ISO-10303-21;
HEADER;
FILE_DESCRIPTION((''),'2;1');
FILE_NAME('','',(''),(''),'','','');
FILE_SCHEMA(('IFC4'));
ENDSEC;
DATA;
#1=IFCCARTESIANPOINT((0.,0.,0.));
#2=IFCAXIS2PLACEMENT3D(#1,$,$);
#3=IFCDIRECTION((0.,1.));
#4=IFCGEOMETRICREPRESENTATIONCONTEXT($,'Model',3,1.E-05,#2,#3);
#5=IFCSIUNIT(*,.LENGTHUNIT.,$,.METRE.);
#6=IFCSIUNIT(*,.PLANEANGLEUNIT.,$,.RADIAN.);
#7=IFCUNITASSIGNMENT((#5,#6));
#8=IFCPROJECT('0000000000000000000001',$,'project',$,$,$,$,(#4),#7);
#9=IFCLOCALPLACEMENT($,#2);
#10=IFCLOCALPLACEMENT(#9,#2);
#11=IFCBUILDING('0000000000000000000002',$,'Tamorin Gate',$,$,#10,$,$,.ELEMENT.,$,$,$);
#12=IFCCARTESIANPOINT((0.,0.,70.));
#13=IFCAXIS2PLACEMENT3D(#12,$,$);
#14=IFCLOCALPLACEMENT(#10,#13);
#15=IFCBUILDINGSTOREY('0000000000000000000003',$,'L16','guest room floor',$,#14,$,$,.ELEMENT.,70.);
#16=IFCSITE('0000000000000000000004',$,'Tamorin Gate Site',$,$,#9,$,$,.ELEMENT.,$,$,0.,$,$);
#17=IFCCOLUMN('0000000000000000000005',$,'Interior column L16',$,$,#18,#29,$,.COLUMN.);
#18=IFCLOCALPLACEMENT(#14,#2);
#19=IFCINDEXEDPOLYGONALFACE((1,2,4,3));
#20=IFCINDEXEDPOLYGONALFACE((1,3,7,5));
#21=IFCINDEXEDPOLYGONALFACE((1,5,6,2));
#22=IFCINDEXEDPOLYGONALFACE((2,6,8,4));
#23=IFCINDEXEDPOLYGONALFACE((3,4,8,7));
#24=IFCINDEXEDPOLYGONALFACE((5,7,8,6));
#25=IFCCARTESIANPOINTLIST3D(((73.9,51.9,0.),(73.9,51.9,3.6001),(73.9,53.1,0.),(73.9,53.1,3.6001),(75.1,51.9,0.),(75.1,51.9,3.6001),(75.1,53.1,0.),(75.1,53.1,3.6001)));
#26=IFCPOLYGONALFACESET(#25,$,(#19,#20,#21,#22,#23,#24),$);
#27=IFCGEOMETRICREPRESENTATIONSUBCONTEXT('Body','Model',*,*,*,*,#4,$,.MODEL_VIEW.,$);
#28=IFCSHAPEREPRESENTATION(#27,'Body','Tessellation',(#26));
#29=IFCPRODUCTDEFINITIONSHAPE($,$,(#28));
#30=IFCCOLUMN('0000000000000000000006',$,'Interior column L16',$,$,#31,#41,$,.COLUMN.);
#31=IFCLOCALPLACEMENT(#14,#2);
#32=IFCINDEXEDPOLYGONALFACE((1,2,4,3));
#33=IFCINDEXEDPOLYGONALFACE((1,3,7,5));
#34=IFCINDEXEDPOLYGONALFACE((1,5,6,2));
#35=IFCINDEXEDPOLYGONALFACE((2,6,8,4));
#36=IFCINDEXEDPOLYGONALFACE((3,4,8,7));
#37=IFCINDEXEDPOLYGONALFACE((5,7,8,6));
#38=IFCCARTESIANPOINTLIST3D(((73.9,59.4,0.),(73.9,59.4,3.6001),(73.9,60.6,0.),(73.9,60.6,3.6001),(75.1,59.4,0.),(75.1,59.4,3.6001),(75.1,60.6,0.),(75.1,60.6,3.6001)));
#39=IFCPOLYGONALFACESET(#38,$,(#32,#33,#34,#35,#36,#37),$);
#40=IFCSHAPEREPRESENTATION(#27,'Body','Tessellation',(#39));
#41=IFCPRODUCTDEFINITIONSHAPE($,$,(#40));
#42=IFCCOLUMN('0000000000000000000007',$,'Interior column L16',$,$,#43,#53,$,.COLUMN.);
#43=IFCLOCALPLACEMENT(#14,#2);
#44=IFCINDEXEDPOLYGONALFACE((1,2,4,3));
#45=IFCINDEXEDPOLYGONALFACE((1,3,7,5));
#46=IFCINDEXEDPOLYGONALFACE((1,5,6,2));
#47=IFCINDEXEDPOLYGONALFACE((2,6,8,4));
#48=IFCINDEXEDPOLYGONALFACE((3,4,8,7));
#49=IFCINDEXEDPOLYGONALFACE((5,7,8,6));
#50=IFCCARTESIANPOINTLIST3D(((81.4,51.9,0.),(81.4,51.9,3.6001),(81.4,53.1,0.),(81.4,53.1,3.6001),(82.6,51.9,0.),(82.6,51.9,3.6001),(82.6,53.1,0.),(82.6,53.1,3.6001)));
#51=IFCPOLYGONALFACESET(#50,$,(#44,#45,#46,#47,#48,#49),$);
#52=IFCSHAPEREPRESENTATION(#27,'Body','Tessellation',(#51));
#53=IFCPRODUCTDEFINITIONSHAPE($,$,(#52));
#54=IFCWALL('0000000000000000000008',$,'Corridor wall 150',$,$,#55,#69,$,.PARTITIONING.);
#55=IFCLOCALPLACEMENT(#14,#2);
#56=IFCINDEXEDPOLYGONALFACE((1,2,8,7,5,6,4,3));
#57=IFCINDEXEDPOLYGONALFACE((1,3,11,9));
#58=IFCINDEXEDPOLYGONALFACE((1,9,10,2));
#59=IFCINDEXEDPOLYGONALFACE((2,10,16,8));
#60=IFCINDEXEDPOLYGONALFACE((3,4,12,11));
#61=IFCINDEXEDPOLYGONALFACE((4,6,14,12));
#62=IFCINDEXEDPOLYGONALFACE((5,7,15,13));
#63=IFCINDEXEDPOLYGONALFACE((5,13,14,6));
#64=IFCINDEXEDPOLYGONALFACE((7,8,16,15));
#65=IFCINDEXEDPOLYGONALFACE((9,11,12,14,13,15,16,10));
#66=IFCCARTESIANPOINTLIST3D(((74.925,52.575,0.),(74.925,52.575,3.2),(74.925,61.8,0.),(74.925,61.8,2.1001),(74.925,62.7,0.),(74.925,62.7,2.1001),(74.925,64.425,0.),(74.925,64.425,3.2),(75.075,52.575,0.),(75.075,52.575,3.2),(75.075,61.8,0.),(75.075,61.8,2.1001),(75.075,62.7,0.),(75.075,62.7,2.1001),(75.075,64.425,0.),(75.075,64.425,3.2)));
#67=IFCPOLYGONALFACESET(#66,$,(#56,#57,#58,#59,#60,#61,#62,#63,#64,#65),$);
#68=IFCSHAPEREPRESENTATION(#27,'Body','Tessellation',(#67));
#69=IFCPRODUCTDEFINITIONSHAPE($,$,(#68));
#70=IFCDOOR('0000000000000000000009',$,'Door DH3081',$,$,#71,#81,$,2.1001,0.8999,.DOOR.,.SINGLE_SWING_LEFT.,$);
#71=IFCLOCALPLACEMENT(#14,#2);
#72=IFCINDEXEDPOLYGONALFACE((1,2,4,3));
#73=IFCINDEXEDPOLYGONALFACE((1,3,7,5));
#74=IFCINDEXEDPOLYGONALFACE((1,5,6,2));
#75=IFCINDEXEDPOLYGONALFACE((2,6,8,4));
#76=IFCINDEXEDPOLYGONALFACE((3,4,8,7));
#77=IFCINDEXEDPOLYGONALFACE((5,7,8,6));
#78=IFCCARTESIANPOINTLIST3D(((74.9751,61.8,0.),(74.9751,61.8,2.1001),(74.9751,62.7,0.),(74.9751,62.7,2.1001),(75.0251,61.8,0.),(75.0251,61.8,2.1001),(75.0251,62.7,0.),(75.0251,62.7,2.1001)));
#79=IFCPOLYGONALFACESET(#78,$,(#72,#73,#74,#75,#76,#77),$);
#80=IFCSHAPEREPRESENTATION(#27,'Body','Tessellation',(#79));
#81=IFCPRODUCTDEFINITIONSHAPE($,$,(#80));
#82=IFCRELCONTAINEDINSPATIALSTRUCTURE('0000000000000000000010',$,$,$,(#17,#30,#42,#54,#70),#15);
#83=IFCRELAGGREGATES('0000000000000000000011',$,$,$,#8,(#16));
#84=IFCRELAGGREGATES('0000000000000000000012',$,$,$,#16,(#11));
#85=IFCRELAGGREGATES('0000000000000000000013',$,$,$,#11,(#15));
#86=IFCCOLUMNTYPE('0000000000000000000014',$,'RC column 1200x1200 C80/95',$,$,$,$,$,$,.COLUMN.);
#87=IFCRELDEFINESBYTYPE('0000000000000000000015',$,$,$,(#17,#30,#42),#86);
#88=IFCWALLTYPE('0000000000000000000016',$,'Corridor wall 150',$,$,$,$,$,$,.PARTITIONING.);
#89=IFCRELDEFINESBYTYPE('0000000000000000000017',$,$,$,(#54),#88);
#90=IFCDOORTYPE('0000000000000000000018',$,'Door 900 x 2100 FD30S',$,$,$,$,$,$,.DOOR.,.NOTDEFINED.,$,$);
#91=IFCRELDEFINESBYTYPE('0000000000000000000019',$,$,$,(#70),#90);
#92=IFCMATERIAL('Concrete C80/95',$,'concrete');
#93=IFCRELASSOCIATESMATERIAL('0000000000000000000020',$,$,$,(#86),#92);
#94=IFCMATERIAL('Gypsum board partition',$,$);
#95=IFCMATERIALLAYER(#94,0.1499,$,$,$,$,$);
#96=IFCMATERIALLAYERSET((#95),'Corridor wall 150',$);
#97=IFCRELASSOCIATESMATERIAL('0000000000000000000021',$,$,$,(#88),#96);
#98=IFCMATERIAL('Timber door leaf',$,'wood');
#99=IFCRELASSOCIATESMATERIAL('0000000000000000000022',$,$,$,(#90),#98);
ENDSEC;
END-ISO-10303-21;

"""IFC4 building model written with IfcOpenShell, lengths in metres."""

from ifc_helpers import new_model, si_unit, direction, frame, frame_2d, origin, origin_2d, place, context, subcontext, project, spatial, rectangle, extrude, material, layer, layer_set, material_profile, profile_set, type_object, element, fill, save


model = new_model("IFC4")

# Units and contexts
model_context = context("Model", 3, precision=1e-05, world=origin(), true_north=direction((0.0, 1.0)))
body_context = subcontext(model_context, "Body", "Model", "MODEL_VIEW")
ifc_project = project(units=[si_unit("LENGTHUNIT", "METRE"), si_unit("PLANEANGLEUNIT", "RADIAN")], contexts=[model_context])

# Site, building, storey
site_placement = place(None, origin())
site = spatial("IfcSite", under=ifc_project, at=site_placement, Name="Tamorin Gate Site", CompositionType="ELEMENT", RefElevation=0.0)
building_placement = place(site_placement, origin())
building = spatial("IfcBuilding", under=site, at=building_placement, Name="Tamorin Gate", CompositionType="ELEMENT")
storey_placement = place(building_placement, frame((0.0, 0.0, 70.0)))
storey = spatial("IfcBuildingStorey", under=building, at=storey_placement, Name="L16", Description="guest room floor", CompositionType="ELEMENT", Elevation=70.0)

# Columns
ifc_material_1 = material(Name="Concrete C80/95", Category="concrete")
ifc_material_profile = material_profile(ifc_material_1, rectangle(XDim=1.2, YDim=1.2, at=origin_2d()), Name="RC 1200x1200")
ifc_profile_set = profile_set([ifc_material_profile], Name="Concrete C80/95")
column_type = type_object("IfcColumnType", Name="RC column 1200x1200 C80/95", PredefinedType="COLUMN", material=ifc_profile_set)
for number, where, z_axis, x_axis, name in (
    (1, (74.5, 52.5, 0.0), (0.0, 0.0, 1.0), (1.0, 0.0, 0.0), "Interior column L16"),
    (2, (74.5, 60.0, 0.0), (0.0, 0.0, 1.0), (1.0, 0.0, 0.0), "Interior column L16"),
    (3, (82.0, 52.5, 0.0), (0.0, 0.0, 1.0), (1.0, 0.0, 0.0), "Interior column L16"),
):
    element("IfcColumn", number, at=place(storey_placement, frame(where, z_axis=z_axis, x_axis=x_axis)), inside=storey, type_object=column_type, Name=name, PredefinedType="COLUMN", context=body_context, shape_type="SweptSolid", body=[
        extrude(rectangle(XDim=1.2, YDim=1.2, at=origin_2d()), origin(), (0.0, 0.0, 1.0), 3.6001),
    ])

# Wall, opening, door
ifc_material_2 = material(Name="Gypsum board partition")
ifc_layer_1 = layer(ifc_material_2, 0.1499)
ifc_layer_set_1 = layer_set([ifc_layer_1], Name="Corridor wall 150")
wall_type_1 = type_object("IfcWallType", Name="Corridor wall 150", PredefinedType="PARTITIONING", material=ifc_layer_set_1)
wall_1_placement = place(storey_placement, frame((75.0, 52.575, 0.0), z_axis=(0.0, 0.0, 1.0), x_axis=(0.0, 1.0, 0.0)))
wall_1 = element("IfcWall", 4, at=wall_1_placement, inside=storey, type_object=wall_type_1, Name="Corridor wall 150", PredefinedType="PARTITIONING", context=body_context, shape_type="SweptSolid", body=[
    extrude(rectangle(XDim=11.8501, YDim=0.1499, at=frame_2d((5.925, 0.0))), origin(), (0.0, 0.0, 1.0), 3.2),
])
opening_1_placement = place(wall_1_placement, frame((9.2251, 0.0, 0.0)))
opening_1 = element("IfcOpeningElement", 5, at=opening_1_placement, cuts=wall_1, PredefinedType="OPENING", context=body_context, shape_type="SweptSolid", body=[
    extrude(rectangle(XDim=0.8999, YDim=2.1001, at=frame_2d((0.45, 1.05))), frame((0.0, 0.085, 0.0), z_axis=(0.0, -1.0, 0.0), x_axis=(1.0, 0.0, 0.0)), (0.0, 0.0, 1.0), 0.1699),
])
ifc_material_3 = material(Name="Timber door leaf", Category="wood")
door_type_1 = type_object("IfcDoorType", Name="Door 900 x 2100 FD30S", OperationType="NOTDEFINED", PredefinedType="DOOR", material=ifc_material_3)
door_1_placement = place(opening_1_placement, origin())
door_1 = element("IfcDoor", 6, at=door_1_placement, inside=storey, type_object=door_type_1, Name="Door DH3081", OperationType="SINGLE_SWING_LEFT", OverallHeight=2.1001, OverallWidth=0.8999, PredefinedType="DOOR", context=body_context, shape_type="SweptSolid", body=[
    extrude(rectangle(XDim=0.8999, YDim=2.1001, at=frame_2d((0.45, 1.05))), frame((0.0, 0.0249, 0.0), z_axis=(0.0, -1.0, 0.0), x_axis=(1.0, 0.0, 0.0)), (0.0, 0.0, 1.0), 0.05),
])
fill(opening_1, door_1)

save(model, "model.ifc")
